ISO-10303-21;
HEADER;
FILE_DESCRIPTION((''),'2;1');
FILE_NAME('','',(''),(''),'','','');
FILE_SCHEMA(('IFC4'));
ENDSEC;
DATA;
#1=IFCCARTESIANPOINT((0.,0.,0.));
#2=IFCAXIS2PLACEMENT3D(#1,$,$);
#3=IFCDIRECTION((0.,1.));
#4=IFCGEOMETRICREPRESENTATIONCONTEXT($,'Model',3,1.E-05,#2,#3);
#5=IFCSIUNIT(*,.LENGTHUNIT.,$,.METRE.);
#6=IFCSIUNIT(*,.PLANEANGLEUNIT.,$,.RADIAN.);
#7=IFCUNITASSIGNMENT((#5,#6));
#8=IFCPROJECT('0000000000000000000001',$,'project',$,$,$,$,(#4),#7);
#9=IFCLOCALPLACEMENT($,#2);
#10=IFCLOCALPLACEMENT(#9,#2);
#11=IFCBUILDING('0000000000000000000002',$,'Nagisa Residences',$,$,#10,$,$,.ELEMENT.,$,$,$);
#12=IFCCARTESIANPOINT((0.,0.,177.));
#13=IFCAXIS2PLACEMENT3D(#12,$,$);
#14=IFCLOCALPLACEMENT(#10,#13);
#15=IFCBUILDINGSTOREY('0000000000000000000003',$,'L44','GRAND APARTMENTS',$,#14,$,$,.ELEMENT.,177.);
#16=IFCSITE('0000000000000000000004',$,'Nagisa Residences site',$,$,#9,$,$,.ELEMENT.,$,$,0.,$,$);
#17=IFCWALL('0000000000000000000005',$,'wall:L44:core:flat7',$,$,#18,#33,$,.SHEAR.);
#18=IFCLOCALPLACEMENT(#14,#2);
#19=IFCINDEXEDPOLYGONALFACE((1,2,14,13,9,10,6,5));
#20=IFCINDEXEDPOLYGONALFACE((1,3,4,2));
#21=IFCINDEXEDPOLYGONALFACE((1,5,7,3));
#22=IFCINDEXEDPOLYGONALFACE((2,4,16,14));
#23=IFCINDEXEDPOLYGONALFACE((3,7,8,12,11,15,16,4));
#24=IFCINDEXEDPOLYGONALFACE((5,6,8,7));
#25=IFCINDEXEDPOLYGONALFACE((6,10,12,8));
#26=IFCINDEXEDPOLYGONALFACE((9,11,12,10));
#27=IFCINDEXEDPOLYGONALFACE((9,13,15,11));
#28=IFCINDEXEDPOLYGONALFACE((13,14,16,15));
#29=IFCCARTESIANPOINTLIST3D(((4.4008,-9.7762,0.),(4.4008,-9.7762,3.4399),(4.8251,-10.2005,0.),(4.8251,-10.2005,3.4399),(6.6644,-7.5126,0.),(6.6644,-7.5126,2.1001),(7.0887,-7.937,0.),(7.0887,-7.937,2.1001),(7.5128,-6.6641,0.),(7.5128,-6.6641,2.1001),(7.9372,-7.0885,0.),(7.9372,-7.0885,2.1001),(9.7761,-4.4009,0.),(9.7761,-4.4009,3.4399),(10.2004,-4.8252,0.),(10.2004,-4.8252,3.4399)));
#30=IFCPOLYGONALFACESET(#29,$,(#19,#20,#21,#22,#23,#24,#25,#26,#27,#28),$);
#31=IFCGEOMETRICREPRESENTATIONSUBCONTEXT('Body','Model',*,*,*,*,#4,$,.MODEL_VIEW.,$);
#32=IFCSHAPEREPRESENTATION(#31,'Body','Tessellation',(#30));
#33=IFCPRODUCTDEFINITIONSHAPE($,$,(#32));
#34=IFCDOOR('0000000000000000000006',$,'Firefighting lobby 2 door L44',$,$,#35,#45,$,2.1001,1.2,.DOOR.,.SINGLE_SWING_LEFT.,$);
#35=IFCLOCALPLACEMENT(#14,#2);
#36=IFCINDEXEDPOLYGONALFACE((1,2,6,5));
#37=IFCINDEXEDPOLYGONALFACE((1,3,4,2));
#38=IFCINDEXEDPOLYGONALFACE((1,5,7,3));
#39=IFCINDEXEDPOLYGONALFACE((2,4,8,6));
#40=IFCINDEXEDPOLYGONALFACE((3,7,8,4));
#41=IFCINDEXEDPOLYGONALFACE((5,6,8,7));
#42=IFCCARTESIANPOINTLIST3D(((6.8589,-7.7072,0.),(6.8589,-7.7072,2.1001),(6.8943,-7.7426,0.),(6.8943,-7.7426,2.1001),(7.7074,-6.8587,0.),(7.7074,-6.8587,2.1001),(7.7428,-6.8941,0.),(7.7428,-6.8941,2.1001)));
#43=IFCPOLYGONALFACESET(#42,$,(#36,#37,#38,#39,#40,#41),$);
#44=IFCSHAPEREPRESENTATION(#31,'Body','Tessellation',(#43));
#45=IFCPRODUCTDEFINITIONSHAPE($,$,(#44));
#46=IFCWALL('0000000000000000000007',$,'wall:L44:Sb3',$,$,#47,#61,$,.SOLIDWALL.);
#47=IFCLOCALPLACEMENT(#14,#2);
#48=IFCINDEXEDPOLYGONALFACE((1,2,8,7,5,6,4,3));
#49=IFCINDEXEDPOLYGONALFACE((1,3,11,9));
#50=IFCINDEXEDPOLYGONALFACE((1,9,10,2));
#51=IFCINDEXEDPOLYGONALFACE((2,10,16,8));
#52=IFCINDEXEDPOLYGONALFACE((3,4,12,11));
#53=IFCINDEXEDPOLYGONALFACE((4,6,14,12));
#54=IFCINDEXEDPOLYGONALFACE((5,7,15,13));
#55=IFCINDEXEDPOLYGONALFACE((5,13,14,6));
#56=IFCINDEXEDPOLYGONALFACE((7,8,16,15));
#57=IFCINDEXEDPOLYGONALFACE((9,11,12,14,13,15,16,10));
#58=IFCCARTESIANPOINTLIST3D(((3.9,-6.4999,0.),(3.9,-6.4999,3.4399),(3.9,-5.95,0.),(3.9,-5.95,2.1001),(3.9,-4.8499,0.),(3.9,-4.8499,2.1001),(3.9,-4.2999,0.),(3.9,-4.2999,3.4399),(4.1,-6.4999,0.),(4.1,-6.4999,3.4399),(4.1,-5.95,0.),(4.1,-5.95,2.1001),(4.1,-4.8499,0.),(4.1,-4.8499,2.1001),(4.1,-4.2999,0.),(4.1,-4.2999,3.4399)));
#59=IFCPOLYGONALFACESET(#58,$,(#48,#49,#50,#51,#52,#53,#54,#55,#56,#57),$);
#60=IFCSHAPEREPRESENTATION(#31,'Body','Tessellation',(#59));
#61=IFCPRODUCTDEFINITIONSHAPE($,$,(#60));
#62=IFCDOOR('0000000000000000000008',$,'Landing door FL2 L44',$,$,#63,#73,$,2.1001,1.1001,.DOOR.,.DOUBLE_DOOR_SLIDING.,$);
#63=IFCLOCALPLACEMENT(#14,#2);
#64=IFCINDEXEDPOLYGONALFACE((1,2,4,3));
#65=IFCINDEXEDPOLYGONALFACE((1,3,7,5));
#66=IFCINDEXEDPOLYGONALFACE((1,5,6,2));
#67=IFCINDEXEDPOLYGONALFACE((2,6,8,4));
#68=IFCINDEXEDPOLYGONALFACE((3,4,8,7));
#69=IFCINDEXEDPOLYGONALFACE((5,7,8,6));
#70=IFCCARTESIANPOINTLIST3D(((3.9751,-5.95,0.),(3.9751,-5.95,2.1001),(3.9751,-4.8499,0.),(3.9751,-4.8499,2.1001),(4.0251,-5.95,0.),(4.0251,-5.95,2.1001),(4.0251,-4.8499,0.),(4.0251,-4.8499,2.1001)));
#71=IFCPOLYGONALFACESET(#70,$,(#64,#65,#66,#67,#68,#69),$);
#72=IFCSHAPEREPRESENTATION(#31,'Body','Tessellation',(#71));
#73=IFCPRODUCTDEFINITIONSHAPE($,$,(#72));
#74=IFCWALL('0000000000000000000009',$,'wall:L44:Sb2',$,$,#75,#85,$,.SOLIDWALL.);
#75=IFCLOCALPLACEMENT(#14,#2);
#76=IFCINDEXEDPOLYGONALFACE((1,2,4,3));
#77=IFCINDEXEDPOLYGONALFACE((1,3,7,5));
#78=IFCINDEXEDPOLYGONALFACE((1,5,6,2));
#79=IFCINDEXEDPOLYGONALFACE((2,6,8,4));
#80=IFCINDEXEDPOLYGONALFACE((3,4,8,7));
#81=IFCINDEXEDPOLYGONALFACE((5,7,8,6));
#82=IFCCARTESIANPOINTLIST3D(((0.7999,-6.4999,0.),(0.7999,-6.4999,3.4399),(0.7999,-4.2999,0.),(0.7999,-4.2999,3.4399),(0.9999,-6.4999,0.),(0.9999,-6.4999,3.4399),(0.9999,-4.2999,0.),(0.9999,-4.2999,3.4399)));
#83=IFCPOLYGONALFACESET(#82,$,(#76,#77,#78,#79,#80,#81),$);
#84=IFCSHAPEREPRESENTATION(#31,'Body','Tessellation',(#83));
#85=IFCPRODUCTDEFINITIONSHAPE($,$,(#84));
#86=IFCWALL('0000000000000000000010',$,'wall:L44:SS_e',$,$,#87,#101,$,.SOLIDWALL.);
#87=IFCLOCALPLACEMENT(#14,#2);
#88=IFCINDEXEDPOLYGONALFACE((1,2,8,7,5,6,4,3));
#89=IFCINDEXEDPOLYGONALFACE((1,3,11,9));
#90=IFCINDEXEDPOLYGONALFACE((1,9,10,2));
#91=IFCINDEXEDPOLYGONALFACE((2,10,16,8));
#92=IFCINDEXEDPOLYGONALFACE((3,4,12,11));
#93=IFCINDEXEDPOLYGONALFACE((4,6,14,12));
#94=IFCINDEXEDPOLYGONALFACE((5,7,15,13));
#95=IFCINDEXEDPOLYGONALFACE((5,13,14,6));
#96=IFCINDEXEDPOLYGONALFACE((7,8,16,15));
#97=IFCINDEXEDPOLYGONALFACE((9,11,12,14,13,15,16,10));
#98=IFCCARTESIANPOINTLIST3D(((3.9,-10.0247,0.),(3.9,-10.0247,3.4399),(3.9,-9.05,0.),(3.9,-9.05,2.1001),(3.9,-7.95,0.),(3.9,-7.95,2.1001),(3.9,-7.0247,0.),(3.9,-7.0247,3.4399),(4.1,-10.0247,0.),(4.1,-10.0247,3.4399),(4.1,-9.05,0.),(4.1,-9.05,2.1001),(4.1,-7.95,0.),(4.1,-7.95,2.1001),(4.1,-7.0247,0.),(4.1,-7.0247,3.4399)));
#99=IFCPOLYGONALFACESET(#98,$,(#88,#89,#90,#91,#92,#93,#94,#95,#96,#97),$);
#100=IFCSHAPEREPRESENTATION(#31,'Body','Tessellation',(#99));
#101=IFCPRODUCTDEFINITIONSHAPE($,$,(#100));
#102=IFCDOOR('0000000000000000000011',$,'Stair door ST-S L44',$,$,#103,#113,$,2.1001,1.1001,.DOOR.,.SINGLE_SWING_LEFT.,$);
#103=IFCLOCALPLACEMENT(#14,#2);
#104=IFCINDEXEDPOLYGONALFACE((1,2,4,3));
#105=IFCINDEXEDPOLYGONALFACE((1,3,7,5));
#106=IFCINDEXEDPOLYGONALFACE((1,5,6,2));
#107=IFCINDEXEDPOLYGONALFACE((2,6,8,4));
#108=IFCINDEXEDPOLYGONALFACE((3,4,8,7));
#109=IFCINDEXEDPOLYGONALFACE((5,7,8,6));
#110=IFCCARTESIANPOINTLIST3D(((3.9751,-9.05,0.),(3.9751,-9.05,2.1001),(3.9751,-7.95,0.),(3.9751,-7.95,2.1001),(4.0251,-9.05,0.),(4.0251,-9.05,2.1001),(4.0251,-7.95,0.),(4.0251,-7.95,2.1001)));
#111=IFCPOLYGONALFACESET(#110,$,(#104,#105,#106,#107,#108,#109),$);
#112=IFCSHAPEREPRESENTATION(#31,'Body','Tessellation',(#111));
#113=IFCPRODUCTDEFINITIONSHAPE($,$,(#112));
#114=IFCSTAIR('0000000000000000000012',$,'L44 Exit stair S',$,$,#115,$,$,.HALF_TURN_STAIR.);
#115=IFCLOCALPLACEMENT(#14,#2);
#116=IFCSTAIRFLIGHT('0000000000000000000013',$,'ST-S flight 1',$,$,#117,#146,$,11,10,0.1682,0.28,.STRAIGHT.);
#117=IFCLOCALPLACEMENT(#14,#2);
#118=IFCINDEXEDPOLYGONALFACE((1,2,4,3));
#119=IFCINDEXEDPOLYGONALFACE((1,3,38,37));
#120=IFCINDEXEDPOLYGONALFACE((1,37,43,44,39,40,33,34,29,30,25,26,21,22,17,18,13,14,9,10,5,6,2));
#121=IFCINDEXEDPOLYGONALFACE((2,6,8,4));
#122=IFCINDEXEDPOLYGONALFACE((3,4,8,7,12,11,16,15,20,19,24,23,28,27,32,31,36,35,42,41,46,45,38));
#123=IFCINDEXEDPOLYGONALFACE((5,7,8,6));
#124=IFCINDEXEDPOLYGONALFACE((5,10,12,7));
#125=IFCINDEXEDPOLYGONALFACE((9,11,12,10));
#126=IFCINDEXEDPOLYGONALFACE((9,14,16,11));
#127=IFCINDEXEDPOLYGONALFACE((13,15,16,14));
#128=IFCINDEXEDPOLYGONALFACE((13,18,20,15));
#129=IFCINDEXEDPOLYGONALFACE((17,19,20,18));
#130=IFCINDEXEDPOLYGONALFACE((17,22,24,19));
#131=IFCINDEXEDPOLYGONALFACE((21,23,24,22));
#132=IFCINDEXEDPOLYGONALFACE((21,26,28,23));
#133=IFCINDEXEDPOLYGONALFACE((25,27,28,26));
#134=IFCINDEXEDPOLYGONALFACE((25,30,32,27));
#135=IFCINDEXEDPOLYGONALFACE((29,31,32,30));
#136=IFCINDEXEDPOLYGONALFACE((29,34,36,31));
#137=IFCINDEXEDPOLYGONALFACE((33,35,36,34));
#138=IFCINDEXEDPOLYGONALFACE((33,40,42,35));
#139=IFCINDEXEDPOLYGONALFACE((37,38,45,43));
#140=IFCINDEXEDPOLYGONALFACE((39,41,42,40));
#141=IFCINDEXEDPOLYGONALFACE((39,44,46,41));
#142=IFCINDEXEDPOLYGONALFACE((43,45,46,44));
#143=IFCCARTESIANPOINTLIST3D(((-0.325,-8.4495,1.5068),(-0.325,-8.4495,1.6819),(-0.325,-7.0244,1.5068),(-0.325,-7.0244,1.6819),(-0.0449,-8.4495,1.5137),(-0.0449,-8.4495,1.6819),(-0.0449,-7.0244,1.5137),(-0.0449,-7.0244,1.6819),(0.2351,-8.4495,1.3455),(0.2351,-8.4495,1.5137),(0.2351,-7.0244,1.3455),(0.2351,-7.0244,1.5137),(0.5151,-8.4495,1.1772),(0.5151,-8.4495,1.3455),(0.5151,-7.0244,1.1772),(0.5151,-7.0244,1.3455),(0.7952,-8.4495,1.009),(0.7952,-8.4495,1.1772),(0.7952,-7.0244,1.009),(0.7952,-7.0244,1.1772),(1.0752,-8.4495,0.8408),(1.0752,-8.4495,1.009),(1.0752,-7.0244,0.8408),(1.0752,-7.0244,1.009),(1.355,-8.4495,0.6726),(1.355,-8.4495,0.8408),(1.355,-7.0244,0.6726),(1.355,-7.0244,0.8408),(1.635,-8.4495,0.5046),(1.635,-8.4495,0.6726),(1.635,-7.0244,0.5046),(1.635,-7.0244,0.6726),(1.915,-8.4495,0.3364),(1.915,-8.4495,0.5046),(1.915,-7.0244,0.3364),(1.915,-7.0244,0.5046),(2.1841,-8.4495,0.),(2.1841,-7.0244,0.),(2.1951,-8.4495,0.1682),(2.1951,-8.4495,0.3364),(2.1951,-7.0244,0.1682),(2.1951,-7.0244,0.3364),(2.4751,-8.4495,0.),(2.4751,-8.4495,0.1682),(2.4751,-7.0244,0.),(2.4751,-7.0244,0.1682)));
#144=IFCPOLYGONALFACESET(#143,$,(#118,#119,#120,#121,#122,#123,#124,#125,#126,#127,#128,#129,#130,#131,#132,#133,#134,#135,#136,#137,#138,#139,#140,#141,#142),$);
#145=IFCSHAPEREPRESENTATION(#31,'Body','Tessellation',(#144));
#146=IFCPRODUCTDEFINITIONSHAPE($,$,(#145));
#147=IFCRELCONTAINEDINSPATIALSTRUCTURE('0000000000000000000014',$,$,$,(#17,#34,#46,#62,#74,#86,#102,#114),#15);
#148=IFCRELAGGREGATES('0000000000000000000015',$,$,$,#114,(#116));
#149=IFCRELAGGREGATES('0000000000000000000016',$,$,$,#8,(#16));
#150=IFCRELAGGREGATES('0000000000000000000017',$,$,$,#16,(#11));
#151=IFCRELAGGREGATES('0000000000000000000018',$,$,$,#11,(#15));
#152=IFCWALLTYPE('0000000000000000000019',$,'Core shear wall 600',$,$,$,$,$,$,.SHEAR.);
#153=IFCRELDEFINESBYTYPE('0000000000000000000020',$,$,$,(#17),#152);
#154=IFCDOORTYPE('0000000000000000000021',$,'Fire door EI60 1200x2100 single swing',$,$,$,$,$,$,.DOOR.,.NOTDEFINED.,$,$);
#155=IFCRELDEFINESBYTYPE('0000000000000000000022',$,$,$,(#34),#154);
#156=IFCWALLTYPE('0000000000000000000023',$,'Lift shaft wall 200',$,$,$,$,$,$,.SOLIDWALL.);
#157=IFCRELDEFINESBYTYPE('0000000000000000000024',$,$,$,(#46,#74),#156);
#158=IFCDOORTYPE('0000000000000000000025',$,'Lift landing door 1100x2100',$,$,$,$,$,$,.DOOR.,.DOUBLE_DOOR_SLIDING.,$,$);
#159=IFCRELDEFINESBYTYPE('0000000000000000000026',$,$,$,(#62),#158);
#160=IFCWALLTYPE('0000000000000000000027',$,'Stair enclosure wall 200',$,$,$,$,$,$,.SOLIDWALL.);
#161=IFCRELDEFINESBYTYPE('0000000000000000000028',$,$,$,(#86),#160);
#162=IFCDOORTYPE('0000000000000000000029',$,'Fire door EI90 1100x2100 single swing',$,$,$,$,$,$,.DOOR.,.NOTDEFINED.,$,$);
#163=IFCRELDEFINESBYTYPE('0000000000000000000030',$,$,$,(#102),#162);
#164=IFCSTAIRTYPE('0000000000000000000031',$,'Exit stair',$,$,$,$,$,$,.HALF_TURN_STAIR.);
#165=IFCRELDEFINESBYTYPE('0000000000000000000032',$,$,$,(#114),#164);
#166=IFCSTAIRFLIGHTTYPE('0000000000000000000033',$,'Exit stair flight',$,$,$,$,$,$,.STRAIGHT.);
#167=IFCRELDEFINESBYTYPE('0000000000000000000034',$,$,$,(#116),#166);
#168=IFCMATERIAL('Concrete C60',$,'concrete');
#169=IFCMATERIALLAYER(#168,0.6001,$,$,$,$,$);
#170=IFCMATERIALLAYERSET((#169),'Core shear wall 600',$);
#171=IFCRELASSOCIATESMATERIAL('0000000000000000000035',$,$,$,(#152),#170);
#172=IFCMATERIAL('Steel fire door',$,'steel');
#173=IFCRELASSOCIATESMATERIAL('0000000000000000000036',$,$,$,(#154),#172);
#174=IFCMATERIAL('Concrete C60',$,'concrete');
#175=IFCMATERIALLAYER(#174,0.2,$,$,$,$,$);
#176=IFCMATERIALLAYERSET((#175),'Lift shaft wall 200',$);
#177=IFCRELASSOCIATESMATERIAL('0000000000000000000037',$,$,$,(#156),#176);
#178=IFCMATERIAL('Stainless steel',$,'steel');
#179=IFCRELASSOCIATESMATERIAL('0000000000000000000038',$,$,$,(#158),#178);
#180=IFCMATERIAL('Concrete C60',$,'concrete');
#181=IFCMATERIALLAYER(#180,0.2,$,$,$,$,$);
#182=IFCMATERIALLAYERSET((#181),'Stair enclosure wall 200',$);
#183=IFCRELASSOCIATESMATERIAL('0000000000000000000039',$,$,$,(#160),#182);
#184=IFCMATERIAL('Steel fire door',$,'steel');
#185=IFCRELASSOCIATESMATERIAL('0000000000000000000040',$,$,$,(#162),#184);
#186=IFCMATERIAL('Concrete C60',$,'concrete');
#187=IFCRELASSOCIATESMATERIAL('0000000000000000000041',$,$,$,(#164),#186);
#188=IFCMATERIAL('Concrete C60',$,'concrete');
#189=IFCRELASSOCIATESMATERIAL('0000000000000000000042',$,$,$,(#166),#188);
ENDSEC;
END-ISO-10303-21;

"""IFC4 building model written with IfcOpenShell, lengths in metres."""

from ifc_helpers import new_model, si_unit, direction, frame, frame_2d, origin, place, context, subcontext, project, spatial, polyline, rectangle, outline, extrude, material, layer, layer_set, type_object, element, fill, aggregate, save


model = new_model("IFC4")

# Units and contexts
model_context = context("Model", 3, precision=1e-05, world=origin(), true_north=direction((0.0, 1.0)))
body_context = subcontext(model_context, "Body", "Model", "MODEL_VIEW")
ifc_project = project(units=[si_unit("LENGTHUNIT", "METRE"), si_unit("PLANEANGLEUNIT", "RADIAN")], contexts=[model_context])

# Site, building, storey
site_placement = place(None, origin())
site = spatial("IfcSite", under=ifc_project, at=site_placement, Name="Nagisa Residences site", CompositionType="ELEMENT", RefElevation=0.0)
building_placement = place(site_placement, origin())
building = spatial("IfcBuilding", under=site, at=building_placement, Name="Nagisa Residences", CompositionType="ELEMENT")
storey_placement = place(building_placement, frame((0.0, 0.0, 177.0)))
storey = spatial("IfcBuildingStorey", under=building, at=storey_placement, Name="L44", Description="GRAND APARTMENTS", CompositionType="ELEMENT", Elevation=177.0)

# Walls, openings, doors
ifc_material_1 = material(Name="Concrete C60", Category="concrete")
ifc_layer_1 = layer(ifc_material_1, 0.6001)
ifc_layer_set_1 = layer_set([ifc_layer_1], Name="Core shear wall 600")
wall_type_1 = type_object("IfcWallType", Name="Core shear wall 600", PredefinedType="SHEAR", material=ifc_layer_set_1)
wall_1_placement = place(storey_placement, frame((4.613, -9.9883, 0.0), z_axis=(0.0, 0.0, 1.0), x_axis=(0.707107, 0.707107, 0.0)))
wall_1 = element("IfcWall", 1, at=wall_1_placement, inside=storey, type_object=wall_type_1, Name="wall:L44:core:flat7", PredefinedType="SHEAR", context=body_context, shape_type="SweptSolid", body=[
    extrude(rectangle(XDim=7.6018, YDim=0.6001, at=frame_2d((3.8008, 0.0))), origin(), (0.0, 0.0, 1.0), 3.4399),
])
opening_1_placement = place(wall_1_placement, frame((3.2009, 0.0, 0.0)))
opening_1 = element("IfcOpeningElement", 2, at=opening_1_placement, cuts=wall_1, PredefinedType="OPENING", context=body_context, shape_type="SweptSolid", body=[
    extrude(rectangle(XDim=1.2, YDim=2.1001, at=frame_2d((0.6001, 1.05))), frame((0.0, 0.3101, 0.0), z_axis=(0.0, -1.0, 0.0), x_axis=(1.0, 0.0, 0.0)), (0.0, 0.0, 1.0), 0.6201),
])
ifc_material_2 = material(Name="Steel fire door", Category="steel")
door_type_1 = type_object("IfcDoorType", Name="Fire door EI60 1200x2100 single swing", OperationType="NOTDEFINED", PredefinedType="DOOR", material=ifc_material_2)
door_1_placement = place(opening_1_placement, origin())
door_1 = element("IfcDoor", 3, at=door_1_placement, inside=storey, type_object=door_type_1, Name="Firefighting lobby 2 door L44", OperationType="SINGLE_SWING_LEFT", OverallHeight=2.1001, OverallWidth=1.2, PredefinedType="DOOR", context=body_context, shape_type="SweptSolid", body=[
    extrude(rectangle(XDim=1.2, YDim=2.1001, at=frame_2d((0.6001, 1.05))), frame((0.0, 0.0249, 0.0), z_axis=(0.0, -1.0, 0.0), x_axis=(1.0, 0.0, 0.0)), (0.0, 0.0, 1.0), 0.05),
])
fill(opening_1, door_1)
ifc_material_3 = material(Name="Concrete C60", Category="concrete")
ifc_layer_2 = layer(ifc_material_3, 0.2)
ifc_layer_set_2 = layer_set([ifc_layer_2], Name="Lift shaft wall 200")
wall_type_2 = type_object("IfcWallType", Name="Lift shaft wall 200", PredefinedType="SOLIDWALL", material=ifc_layer_set_2)
wall_2_placement = place(storey_placement, frame((4.0, -6.5, 0.0), z_axis=(0.0, 0.0, 1.0), x_axis=(0.0, 1.0, 0.0)))
wall_2 = element("IfcWall", 4, at=wall_2_placement, inside=storey, type_object=wall_type_2, Name="wall:L44:Sb3", PredefinedType="SOLIDWALL", context=body_context, shape_type="SweptSolid", body=[
    extrude(rectangle(XDim=2.2, YDim=0.2, at=frame_2d((1.1001, 0.0))), origin(), (0.0, 0.0, 1.0), 3.4399),
])
opening_2_placement = place(wall_2_placement, frame((0.55, 0.0, 0.0)))
opening_2 = element("IfcOpeningElement", 5, at=opening_2_placement, cuts=wall_2, PredefinedType="OPENING", context=body_context, shape_type="SweptSolid", body=[
    extrude(rectangle(XDim=1.1001, YDim=2.1001, at=frame_2d((0.55, 1.05))), frame((0.0, 0.1099, 0.0), z_axis=(0.0, -1.0, 0.0), x_axis=(1.0, 0.0, 0.0)), (0.0, 0.0, 1.0), 0.22),
])
ifc_material_4 = material(Name="Stainless steel", Category="steel")
door_type_2 = type_object("IfcDoorType", Name="Lift landing door 1100x2100", OperationType="DOUBLE_DOOR_SLIDING", PredefinedType="DOOR", material=ifc_material_4)
door_2_placement = place(opening_2_placement, origin())
door_2 = element("IfcDoor", 6, at=door_2_placement, inside=storey, type_object=door_type_2, Name="Landing door FL2 L44", OperationType="DOUBLE_DOOR_SLIDING", OverallHeight=2.1001, OverallWidth=1.1001, PredefinedType="DOOR", context=body_context, shape_type="SweptSolid", body=[
    extrude(rectangle(XDim=1.1001, YDim=2.1001, at=frame_2d((0.55, 1.05))), frame((0.0, 0.0249, 0.0), z_axis=(0.0, -1.0, 0.0), x_axis=(1.0, 0.0, 0.0)), (0.0, 0.0, 1.0), 0.05),
])
fill(opening_2, door_2)

# Wall
wall_3_placement = place(storey_placement, frame((0.8999, -6.5, 0.0), z_axis=(0.0, 0.0, 1.0), x_axis=(0.0, 1.0, 0.0)))
element("IfcWall", 7, at=wall_3_placement, inside=storey, type_object=wall_type_2, Name="wall:L44:Sb2", PredefinedType="SOLIDWALL", context=body_context, shape_type="SweptSolid", body=[
    extrude(rectangle(XDim=2.2, YDim=0.2, at=frame_2d((1.1001, 0.0))), origin(), (0.0, 0.0, 1.0), 3.4399),
])

# Wall, opening, door
ifc_material_5 = material(Name="Concrete C60", Category="concrete")
ifc_layer_3 = layer(ifc_material_5, 0.2)
ifc_layer_set_3 = layer_set([ifc_layer_3], Name="Stair enclosure wall 200")
wall_type_3 = type_object("IfcWallType", Name="Stair enclosure wall 200", PredefinedType="SOLIDWALL", material=ifc_layer_set_3)
wall_4_placement = place(storey_placement, frame((4.0, -10.0247, 0.0), z_axis=(0.0, 0.0, 1.0), x_axis=(0.0, 1.0, 0.0)))
wall_4 = element("IfcWall", 8, at=wall_4_placement, inside=storey, type_object=wall_type_3, Name="wall:L44:SS_e", PredefinedType="SOLIDWALL", context=body_context, shape_type="SweptSolid", body=[
    extrude(rectangle(XDim=3.0, YDim=0.2, at=frame_2d((1.5, 0.0))), origin(), (0.0, 0.0, 1.0), 3.4399),
])
opening_3_placement = place(wall_4_placement, frame((0.9746, 0.0, 0.0)))
opening_3 = element("IfcOpeningElement", 9, at=opening_3_placement, cuts=wall_4, PredefinedType="OPENING", context=body_context, shape_type="SweptSolid", body=[
    extrude(rectangle(XDim=1.1001, YDim=2.1001, at=frame_2d((0.55, 1.05))), frame((0.0, 0.1099, 0.0), z_axis=(0.0, -1.0, 0.0), x_axis=(1.0, 0.0, 0.0)), (0.0, 0.0, 1.0), 0.22),
])
ifc_material_6 = material(Name="Steel fire door", Category="steel")
door_type_3 = type_object("IfcDoorType", Name="Fire door EI90 1100x2100 single swing", OperationType="NOTDEFINED", PredefinedType="DOOR", material=ifc_material_6)
door_3_placement = place(opening_3_placement, origin())
door_3 = element("IfcDoor", 10, at=door_3_placement, inside=storey, type_object=door_type_3, Name="Stair door ST-S L44", OperationType="SINGLE_SWING_LEFT", OverallHeight=2.1001, OverallWidth=1.1001, PredefinedType="DOOR", context=body_context, shape_type="SweptSolid", body=[
    extrude(rectangle(XDim=1.1001, YDim=2.1001, at=frame_2d((0.55, 1.05))), frame((0.0, 0.0249, 0.0), z_axis=(0.0, -1.0, 0.0), x_axis=(1.0, 0.0, 0.0)), (0.0, 0.0, 1.0), 0.05),
])
fill(opening_3, door_3)

# Stair, stair flight
ifc_material_7 = material(Name="Concrete C60", Category="concrete")
stair_type = type_object("IfcStairType", Name="Exit stair", PredefinedType="HALF_TURN_STAIR", material=ifc_material_7)
stair_placement = place(storey_placement, origin())
stair = element("IfcStair", 11, at=stair_placement, inside=storey, type_object=stair_type, Name="L44 Exit stair S", PredefinedType="HALF_TURN_STAIR")
ifc_material_8 = material(Name="Concrete C60", Category="concrete")
stair_flight_type = type_object("IfcStairFlightType", Name="Exit stair flight", PredefinedType="STRAIGHT", material=ifc_material_8)
stair_flight_placement = place(storey_placement, frame((2.4751, -7.7371, 0.0), z_axis=(0.0, 0.0, 1.0), x_axis=(-1.0, 0.0, 0.0)))
stair_flight = element("IfcStairFlight", 12, at=stair_flight_placement, type_object=stair_flight_type, Name="ST-S flight 1", NumberOfRisers=11, NumberOfTreads=10, PredefinedType="STRAIGHT", RiserHeight=0.1682, TreadLength=0.28, context=body_context, shape_type="SweptSolid", body=[
    extrude(outline(polyline([(0.0, 0.0), (0.0, 0.1682), (0.28, 0.1682), (0.28, 0.3364), (0.5601, 0.3364), (0.5601, 0.5046), (0.8401, 0.5046), (0.8401, 0.6726), (1.1201, 0.6726), (1.1201, 0.8408), (1.3999, 0.8408), (1.3999, 1.009), (1.6799, 1.009), (1.6799, 1.1772), (1.96, 1.1772), (1.96, 1.3455), (2.24, 1.3455), (2.24, 1.5137), (2.52, 1.5137), (2.52, 1.6819), (2.8, 1.6819), (2.8, 1.8501), (2.8, 1.5068), (0.291, 0.0), (0.0, 0.0)])), frame((0.0, 0.7124, 0.0), z_axis=(0.0, -1.0, 0.0), x_axis=(1.0, 0.0, 0.0)), (0.0, 0.0, 1.0), 1.425),
])
aggregate(stair, [stair_flight])

save(model, "model.ifc")
